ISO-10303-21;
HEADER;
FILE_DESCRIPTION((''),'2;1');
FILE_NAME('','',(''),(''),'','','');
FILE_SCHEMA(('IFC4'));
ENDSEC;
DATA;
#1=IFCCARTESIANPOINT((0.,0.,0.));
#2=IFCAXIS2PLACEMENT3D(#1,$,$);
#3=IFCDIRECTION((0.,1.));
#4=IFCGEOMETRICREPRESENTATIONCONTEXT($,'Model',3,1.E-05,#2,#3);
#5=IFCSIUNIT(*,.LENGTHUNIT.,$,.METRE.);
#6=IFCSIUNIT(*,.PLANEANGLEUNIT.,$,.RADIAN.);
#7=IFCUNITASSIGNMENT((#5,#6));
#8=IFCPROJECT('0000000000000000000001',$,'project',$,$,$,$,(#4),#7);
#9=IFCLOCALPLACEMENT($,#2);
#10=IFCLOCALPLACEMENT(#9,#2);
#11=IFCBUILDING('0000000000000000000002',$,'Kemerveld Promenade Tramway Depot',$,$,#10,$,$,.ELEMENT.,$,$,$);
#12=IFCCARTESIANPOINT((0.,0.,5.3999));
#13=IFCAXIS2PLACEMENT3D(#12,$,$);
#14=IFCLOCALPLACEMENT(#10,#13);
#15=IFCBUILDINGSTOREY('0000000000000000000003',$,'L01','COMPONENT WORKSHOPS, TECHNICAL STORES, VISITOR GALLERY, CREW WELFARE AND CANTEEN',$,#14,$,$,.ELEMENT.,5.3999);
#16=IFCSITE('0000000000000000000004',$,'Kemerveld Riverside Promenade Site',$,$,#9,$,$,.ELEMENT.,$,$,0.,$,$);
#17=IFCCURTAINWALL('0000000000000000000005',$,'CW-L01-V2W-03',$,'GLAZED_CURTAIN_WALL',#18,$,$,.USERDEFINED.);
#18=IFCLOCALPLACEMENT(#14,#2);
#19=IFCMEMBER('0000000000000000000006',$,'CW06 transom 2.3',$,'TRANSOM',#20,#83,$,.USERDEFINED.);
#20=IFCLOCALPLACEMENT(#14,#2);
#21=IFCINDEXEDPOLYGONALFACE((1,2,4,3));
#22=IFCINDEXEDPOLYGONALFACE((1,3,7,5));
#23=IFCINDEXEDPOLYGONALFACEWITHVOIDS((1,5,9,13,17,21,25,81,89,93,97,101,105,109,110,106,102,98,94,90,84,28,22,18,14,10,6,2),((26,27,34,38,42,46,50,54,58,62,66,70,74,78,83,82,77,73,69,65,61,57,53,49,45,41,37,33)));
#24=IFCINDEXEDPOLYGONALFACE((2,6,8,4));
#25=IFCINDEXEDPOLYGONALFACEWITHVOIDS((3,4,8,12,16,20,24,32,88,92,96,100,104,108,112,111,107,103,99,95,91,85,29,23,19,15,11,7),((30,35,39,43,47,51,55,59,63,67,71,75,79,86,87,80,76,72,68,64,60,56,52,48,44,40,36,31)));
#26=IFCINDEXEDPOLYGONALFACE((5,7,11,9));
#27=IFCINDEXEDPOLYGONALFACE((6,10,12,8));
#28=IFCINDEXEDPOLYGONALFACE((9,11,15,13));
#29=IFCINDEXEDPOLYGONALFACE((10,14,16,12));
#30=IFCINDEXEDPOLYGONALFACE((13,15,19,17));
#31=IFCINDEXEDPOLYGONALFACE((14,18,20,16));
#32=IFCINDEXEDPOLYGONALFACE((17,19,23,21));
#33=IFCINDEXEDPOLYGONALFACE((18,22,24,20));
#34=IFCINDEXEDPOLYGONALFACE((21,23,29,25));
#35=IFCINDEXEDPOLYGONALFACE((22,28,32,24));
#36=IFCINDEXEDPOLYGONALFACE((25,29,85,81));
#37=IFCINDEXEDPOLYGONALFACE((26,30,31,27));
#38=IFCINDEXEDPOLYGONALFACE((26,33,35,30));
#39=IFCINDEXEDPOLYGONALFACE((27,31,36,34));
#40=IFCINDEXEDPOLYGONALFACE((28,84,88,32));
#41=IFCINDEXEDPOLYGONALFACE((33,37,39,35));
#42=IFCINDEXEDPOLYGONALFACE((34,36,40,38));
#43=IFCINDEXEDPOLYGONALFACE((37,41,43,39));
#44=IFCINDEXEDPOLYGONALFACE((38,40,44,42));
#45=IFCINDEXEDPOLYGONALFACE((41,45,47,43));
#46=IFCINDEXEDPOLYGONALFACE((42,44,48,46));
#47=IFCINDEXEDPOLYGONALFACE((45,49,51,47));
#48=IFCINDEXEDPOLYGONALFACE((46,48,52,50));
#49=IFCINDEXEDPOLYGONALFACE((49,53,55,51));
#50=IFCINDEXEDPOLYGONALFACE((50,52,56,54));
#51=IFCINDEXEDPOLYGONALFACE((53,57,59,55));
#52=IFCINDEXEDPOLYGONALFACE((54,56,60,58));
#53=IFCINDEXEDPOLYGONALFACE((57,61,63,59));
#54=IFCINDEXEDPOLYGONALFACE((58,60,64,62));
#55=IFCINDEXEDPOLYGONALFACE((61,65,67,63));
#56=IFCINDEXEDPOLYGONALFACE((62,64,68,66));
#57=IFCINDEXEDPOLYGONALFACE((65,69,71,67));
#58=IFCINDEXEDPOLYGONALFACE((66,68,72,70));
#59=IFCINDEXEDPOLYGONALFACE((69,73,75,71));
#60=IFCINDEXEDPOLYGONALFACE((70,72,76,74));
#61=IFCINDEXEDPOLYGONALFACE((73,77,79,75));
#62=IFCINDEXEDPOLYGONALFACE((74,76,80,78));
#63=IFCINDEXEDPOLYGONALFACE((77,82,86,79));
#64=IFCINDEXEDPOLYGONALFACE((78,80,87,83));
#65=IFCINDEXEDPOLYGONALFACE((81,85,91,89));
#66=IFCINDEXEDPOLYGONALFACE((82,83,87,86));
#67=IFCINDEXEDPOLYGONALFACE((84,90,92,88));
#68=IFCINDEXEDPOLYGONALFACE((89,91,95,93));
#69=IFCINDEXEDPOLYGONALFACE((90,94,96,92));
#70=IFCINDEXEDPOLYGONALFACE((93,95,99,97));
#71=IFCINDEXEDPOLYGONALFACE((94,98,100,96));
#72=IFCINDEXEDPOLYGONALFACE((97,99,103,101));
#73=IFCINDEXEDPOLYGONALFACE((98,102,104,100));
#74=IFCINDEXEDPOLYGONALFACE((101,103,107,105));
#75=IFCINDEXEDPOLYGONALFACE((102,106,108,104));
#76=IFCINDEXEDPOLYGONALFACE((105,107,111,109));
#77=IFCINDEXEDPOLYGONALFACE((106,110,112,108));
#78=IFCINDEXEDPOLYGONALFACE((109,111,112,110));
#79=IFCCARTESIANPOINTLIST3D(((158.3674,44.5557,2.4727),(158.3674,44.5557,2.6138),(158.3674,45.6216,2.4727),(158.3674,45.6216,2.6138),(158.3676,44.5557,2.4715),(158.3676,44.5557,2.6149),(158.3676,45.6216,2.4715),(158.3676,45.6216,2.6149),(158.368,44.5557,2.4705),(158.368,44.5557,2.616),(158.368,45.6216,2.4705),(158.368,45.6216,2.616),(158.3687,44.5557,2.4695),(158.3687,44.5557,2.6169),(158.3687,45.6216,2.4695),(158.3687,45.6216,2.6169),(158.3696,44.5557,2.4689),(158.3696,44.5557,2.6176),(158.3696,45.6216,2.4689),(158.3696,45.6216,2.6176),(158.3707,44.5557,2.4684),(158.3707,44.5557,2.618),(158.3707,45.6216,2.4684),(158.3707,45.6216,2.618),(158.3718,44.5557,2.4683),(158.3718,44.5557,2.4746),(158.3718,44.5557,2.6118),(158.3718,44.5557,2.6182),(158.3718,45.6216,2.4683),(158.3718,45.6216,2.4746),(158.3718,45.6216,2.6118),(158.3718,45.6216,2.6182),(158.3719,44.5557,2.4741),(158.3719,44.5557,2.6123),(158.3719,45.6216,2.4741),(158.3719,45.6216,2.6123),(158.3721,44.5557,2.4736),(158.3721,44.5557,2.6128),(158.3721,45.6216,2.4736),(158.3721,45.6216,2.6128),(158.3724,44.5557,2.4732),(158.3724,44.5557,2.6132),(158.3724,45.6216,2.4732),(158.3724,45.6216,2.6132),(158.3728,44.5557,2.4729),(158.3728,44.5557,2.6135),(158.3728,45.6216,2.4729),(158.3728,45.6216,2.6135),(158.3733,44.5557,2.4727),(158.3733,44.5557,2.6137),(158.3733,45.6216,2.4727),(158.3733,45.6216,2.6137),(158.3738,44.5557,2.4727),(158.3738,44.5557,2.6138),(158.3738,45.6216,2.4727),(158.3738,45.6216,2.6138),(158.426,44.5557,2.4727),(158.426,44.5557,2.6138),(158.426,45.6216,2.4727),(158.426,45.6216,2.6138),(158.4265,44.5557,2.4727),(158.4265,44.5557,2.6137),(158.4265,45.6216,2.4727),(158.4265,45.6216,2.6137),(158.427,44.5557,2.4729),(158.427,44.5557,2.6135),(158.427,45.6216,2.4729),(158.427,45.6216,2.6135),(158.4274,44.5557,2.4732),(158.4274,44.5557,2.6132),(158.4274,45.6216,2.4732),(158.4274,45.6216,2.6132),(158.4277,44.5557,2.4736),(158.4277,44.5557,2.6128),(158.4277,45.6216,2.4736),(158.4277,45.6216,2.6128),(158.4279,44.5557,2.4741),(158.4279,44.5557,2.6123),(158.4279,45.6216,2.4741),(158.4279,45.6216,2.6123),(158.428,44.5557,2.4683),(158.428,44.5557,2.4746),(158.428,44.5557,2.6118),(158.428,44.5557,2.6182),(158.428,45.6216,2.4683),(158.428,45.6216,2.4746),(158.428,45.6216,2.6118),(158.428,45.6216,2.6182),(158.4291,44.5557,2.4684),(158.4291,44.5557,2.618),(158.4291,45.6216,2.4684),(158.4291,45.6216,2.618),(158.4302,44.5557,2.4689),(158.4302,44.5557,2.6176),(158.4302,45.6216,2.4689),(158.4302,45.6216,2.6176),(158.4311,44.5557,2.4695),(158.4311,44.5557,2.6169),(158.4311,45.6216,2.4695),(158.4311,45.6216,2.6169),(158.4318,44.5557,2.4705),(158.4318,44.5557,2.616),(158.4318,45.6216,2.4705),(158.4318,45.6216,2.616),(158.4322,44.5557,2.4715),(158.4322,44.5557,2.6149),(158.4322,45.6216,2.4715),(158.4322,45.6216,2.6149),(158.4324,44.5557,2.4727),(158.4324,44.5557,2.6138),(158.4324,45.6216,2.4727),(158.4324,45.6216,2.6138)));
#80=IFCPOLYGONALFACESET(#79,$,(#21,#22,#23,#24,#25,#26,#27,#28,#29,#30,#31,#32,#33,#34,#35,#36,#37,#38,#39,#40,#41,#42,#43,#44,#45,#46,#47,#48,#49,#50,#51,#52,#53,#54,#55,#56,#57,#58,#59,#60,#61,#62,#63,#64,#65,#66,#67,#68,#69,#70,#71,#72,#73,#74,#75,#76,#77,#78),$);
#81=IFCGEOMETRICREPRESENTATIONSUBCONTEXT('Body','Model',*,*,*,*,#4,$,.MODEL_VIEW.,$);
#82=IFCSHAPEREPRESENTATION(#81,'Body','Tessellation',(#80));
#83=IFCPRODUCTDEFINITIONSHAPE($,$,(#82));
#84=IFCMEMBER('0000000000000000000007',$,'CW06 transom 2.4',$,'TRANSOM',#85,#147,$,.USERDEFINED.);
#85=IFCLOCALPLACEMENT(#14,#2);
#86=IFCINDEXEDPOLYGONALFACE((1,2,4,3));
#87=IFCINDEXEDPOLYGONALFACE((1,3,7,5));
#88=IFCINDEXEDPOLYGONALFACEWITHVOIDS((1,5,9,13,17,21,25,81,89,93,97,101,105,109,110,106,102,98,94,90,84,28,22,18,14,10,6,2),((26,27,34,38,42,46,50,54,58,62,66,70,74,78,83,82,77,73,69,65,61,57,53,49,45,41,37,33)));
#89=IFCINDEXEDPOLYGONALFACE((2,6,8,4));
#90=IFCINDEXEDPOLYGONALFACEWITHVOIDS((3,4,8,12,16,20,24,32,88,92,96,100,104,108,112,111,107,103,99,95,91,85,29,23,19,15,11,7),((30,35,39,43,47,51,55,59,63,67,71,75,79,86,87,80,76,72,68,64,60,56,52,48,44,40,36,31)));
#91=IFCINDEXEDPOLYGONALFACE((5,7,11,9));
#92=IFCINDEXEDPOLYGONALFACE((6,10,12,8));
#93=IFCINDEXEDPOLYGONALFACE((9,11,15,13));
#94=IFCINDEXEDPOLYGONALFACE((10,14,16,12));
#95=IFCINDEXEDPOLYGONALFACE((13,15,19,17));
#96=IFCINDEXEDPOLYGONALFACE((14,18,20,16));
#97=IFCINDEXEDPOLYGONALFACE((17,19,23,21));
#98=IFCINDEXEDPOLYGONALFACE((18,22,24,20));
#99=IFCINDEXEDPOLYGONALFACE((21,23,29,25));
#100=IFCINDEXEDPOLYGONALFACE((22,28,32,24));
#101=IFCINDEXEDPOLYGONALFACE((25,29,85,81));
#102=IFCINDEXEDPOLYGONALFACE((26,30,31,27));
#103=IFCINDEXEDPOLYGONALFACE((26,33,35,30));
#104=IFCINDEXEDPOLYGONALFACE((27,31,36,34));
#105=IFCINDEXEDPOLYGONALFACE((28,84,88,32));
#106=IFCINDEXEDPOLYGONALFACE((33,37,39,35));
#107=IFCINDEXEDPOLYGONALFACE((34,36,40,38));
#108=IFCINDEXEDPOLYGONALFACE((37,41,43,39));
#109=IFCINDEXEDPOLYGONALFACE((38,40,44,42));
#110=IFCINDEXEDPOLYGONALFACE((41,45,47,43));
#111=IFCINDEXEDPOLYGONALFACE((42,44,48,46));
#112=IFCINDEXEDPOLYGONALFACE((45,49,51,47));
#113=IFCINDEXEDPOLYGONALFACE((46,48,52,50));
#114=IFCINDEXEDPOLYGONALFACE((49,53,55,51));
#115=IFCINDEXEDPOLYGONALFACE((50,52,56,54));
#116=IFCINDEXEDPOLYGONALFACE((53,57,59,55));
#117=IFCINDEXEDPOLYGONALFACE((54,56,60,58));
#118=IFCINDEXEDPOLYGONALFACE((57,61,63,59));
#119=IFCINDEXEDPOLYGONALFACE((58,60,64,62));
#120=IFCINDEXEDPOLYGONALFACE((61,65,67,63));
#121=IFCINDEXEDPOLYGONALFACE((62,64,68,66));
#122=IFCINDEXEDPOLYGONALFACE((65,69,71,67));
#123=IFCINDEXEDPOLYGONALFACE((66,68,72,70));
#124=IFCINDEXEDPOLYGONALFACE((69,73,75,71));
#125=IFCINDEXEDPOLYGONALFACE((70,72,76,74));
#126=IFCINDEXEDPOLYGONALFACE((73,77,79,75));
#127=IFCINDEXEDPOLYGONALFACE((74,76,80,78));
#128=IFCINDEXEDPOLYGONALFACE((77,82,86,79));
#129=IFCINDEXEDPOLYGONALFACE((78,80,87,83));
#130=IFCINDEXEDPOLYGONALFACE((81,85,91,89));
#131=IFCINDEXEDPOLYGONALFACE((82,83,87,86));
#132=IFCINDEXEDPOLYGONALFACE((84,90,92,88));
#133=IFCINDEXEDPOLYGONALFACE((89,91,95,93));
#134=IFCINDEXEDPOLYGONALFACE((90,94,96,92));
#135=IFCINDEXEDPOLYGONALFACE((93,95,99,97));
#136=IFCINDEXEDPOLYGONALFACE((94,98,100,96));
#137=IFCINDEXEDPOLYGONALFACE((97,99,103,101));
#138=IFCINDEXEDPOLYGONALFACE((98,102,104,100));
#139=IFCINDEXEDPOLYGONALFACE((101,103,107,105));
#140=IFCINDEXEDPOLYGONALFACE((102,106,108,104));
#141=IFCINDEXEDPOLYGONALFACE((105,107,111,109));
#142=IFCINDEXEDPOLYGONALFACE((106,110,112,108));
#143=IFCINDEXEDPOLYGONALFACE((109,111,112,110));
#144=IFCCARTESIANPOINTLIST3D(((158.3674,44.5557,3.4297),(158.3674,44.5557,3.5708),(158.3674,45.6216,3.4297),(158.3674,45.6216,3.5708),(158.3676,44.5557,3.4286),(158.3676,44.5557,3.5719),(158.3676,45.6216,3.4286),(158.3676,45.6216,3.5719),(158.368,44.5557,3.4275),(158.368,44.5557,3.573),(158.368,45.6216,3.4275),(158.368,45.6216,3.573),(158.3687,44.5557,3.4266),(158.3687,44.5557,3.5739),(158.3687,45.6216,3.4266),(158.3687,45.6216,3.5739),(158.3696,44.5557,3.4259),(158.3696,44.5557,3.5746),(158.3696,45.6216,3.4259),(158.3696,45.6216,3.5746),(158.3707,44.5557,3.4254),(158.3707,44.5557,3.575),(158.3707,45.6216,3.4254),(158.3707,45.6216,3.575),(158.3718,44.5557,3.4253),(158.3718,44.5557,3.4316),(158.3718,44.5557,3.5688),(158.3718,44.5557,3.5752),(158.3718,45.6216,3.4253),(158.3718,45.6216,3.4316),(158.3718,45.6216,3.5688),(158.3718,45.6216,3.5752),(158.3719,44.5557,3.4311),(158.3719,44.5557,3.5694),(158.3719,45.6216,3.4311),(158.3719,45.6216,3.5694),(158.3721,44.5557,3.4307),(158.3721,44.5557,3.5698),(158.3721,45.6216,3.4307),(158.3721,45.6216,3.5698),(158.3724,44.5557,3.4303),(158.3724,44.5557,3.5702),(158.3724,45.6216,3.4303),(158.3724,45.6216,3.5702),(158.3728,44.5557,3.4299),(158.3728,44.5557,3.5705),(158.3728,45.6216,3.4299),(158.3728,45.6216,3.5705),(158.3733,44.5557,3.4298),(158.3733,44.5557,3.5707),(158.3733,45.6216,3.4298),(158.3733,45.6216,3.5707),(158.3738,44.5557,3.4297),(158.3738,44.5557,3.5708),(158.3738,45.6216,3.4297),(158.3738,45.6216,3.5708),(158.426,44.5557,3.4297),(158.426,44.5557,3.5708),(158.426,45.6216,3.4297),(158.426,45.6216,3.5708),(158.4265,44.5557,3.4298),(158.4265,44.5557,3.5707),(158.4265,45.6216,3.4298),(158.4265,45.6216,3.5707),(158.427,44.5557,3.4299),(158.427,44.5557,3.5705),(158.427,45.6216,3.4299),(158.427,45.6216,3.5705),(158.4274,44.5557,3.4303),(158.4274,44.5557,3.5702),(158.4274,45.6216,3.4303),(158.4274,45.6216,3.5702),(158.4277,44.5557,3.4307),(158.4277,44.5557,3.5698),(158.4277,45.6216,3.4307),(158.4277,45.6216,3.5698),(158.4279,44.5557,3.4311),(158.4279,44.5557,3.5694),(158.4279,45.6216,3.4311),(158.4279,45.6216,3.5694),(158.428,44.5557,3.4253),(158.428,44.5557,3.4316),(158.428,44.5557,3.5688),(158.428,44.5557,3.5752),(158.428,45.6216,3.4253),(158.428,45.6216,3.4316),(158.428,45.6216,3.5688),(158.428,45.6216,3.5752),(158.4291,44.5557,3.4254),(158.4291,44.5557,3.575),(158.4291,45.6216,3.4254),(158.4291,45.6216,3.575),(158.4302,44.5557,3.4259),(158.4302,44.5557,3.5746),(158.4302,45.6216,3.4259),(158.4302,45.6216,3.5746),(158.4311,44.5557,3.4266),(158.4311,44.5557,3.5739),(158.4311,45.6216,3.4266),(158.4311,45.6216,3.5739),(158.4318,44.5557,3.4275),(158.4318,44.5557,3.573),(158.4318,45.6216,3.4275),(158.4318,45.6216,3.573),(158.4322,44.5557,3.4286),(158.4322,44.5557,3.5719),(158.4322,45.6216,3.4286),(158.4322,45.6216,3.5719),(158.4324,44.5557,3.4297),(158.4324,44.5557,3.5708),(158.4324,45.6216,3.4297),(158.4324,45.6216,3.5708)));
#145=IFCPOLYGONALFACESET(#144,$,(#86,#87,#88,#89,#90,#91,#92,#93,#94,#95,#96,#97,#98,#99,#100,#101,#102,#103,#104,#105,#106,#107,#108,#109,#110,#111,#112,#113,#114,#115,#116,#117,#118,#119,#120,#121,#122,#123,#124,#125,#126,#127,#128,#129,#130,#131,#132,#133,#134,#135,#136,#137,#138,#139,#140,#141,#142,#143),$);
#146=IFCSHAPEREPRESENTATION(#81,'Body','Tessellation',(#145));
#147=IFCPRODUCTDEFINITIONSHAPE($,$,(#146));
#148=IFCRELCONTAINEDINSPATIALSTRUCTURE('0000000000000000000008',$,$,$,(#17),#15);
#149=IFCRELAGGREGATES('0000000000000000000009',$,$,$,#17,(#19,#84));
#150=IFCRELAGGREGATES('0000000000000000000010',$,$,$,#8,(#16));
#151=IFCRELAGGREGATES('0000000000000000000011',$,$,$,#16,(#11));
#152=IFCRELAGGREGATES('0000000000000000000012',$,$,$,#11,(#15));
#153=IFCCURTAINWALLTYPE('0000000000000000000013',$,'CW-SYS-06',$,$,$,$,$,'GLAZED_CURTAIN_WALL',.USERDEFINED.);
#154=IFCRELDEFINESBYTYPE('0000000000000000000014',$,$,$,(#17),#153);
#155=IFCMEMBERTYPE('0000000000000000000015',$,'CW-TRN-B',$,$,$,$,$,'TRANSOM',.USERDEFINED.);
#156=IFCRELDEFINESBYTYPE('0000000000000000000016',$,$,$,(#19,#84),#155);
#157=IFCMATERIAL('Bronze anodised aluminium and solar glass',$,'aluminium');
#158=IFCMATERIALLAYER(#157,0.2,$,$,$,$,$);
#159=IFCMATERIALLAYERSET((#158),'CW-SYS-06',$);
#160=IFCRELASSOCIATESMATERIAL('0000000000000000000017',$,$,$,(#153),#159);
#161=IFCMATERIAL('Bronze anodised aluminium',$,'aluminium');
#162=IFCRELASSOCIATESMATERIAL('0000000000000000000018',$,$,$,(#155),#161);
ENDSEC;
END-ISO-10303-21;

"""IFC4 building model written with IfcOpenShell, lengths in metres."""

from ifc_helpers import new_model, si_unit, direction, frame, origin, origin_2d, place, context, subcontext, project, spatial, hollow_rectangle, extrude, material, layer, layer_set, material_profile, profile_set, type_object, element, aggregate, save


model = new_model("IFC4")

# Units and contexts
model_context = context("Model", 3, precision=1e-05, world=origin(), true_north=direction((0.0, 1.0)))
body_context = subcontext(model_context, "Body", "Model", "MODEL_VIEW")
ifc_project = project(units=[si_unit("LENGTHUNIT", "METRE"), si_unit("PLANEANGLEUNIT", "RADIAN")], contexts=[model_context])

# Site, building, storey
site_placement = place(None, origin())
site = spatial("IfcSite", under=ifc_project, at=site_placement, Name="Kemerveld Riverside Promenade Site", CompositionType="ELEMENT", RefElevation=0.0)
building_placement = place(site_placement, origin())
building = spatial("IfcBuilding", under=site, at=building_placement, Name="Kemerveld Promenade Tramway Depot", CompositionType="ELEMENT")
storey_placement = place(building_placement, frame((0.0, 0.0, 5.3999)))
storey = spatial("IfcBuildingStorey", under=building, at=storey_placement, Name="L01", Description="COMPONENT WORKSHOPS, TECHNICAL STORES, VISITOR GALLERY, CREW WELFARE AND CANTEEN", CompositionType="ELEMENT", Elevation=5.3999)

# Curtain wall, members
ifc_material_1 = material(Name="Bronze anodised aluminium and solar glass", Category="aluminium")
ifc_layer_1 = layer(ifc_material_1, 0.2)
ifc_layer_set_1 = layer_set([ifc_layer_1], Name="CW-SYS-06")
curtain_wall_type = type_object("IfcCurtainWallType", Name="CW-SYS-06", ElementType="GLAZED_CURTAIN_WALL", PredefinedType="USERDEFINED", material=ifc_layer_set_1)
curtain_wall_placement = place(storey_placement, origin())
curtain_wall = element("IfcCurtainWall", 1, at=curtain_wall_placement, inside=storey, type_object=curtain_wall_type, Name="CW-L01-V2W-03", ObjectType="GLAZED_CURTAIN_WALL", PredefinedType="USERDEFINED")
ifc_material_2 = material(Name="Bronze anodised aluminium", Category="aluminium")
ifc_material_profile_1 = material_profile(ifc_material_2, hollow_rectangle(XDim=0.0649, YDim=0.1499, WallThickness=0.0044, InnerFilletRadius=0.002, OuterFilletRadius=0.0044, at=origin_2d()), Name="CW-TRN-150x65")
ifc_profile_set_1 = profile_set([ifc_material_profile_1], Name="Bronze anodised aluminium")
member_type_1 = type_object("IfcMemberType", Name="CW-TRN-B", ElementType="TRANSOM", PredefinedType="USERDEFINED", material=ifc_profile_set_1)
member_1_placement = place(storey_placement, frame((158.3999, 44.5557, 2.5432), z_axis=(0.0, 1.0, 0.0), x_axis=(-1.0, 0.0, 0.0)))
member_1 = element("IfcMember", 2, at=member_1_placement, type_object=member_type_1, Name="CW06 transom 2.3", ObjectType="TRANSOM", PredefinedType="USERDEFINED", context=body_context, shape_type="SweptSolid", body=[
    extrude(hollow_rectangle(XDim=0.0649, YDim=0.1499, WallThickness=0.0044, InnerFilletRadius=0.002, OuterFilletRadius=0.0044, at=origin_2d()), origin(), (0.0, 0.0, 1.0), 1.0659),
])
member_2_placement = place(storey_placement, frame((158.3999, 44.5557, 3.5002), z_axis=(0.0, 1.0, 0.0), x_axis=(-1.0, 0.0, 0.0)))
member_2 = element("IfcMember", 3, at=member_2_placement, type_object=member_type_1, Name="CW06 transom 2.4", ObjectType="TRANSOM", PredefinedType="USERDEFINED", context=body_context, shape_type="SweptSolid", body=[
    extrude(hollow_rectangle(XDim=0.0649, YDim=0.1499, WallThickness=0.0044, InnerFilletRadius=0.002, OuterFilletRadius=0.0044, at=origin_2d()), origin(), (0.0, 0.0, 1.0), 1.0659),
])

aggregate(curtain_wall, [member_1, member_2])

save(model, "model.ifc")
